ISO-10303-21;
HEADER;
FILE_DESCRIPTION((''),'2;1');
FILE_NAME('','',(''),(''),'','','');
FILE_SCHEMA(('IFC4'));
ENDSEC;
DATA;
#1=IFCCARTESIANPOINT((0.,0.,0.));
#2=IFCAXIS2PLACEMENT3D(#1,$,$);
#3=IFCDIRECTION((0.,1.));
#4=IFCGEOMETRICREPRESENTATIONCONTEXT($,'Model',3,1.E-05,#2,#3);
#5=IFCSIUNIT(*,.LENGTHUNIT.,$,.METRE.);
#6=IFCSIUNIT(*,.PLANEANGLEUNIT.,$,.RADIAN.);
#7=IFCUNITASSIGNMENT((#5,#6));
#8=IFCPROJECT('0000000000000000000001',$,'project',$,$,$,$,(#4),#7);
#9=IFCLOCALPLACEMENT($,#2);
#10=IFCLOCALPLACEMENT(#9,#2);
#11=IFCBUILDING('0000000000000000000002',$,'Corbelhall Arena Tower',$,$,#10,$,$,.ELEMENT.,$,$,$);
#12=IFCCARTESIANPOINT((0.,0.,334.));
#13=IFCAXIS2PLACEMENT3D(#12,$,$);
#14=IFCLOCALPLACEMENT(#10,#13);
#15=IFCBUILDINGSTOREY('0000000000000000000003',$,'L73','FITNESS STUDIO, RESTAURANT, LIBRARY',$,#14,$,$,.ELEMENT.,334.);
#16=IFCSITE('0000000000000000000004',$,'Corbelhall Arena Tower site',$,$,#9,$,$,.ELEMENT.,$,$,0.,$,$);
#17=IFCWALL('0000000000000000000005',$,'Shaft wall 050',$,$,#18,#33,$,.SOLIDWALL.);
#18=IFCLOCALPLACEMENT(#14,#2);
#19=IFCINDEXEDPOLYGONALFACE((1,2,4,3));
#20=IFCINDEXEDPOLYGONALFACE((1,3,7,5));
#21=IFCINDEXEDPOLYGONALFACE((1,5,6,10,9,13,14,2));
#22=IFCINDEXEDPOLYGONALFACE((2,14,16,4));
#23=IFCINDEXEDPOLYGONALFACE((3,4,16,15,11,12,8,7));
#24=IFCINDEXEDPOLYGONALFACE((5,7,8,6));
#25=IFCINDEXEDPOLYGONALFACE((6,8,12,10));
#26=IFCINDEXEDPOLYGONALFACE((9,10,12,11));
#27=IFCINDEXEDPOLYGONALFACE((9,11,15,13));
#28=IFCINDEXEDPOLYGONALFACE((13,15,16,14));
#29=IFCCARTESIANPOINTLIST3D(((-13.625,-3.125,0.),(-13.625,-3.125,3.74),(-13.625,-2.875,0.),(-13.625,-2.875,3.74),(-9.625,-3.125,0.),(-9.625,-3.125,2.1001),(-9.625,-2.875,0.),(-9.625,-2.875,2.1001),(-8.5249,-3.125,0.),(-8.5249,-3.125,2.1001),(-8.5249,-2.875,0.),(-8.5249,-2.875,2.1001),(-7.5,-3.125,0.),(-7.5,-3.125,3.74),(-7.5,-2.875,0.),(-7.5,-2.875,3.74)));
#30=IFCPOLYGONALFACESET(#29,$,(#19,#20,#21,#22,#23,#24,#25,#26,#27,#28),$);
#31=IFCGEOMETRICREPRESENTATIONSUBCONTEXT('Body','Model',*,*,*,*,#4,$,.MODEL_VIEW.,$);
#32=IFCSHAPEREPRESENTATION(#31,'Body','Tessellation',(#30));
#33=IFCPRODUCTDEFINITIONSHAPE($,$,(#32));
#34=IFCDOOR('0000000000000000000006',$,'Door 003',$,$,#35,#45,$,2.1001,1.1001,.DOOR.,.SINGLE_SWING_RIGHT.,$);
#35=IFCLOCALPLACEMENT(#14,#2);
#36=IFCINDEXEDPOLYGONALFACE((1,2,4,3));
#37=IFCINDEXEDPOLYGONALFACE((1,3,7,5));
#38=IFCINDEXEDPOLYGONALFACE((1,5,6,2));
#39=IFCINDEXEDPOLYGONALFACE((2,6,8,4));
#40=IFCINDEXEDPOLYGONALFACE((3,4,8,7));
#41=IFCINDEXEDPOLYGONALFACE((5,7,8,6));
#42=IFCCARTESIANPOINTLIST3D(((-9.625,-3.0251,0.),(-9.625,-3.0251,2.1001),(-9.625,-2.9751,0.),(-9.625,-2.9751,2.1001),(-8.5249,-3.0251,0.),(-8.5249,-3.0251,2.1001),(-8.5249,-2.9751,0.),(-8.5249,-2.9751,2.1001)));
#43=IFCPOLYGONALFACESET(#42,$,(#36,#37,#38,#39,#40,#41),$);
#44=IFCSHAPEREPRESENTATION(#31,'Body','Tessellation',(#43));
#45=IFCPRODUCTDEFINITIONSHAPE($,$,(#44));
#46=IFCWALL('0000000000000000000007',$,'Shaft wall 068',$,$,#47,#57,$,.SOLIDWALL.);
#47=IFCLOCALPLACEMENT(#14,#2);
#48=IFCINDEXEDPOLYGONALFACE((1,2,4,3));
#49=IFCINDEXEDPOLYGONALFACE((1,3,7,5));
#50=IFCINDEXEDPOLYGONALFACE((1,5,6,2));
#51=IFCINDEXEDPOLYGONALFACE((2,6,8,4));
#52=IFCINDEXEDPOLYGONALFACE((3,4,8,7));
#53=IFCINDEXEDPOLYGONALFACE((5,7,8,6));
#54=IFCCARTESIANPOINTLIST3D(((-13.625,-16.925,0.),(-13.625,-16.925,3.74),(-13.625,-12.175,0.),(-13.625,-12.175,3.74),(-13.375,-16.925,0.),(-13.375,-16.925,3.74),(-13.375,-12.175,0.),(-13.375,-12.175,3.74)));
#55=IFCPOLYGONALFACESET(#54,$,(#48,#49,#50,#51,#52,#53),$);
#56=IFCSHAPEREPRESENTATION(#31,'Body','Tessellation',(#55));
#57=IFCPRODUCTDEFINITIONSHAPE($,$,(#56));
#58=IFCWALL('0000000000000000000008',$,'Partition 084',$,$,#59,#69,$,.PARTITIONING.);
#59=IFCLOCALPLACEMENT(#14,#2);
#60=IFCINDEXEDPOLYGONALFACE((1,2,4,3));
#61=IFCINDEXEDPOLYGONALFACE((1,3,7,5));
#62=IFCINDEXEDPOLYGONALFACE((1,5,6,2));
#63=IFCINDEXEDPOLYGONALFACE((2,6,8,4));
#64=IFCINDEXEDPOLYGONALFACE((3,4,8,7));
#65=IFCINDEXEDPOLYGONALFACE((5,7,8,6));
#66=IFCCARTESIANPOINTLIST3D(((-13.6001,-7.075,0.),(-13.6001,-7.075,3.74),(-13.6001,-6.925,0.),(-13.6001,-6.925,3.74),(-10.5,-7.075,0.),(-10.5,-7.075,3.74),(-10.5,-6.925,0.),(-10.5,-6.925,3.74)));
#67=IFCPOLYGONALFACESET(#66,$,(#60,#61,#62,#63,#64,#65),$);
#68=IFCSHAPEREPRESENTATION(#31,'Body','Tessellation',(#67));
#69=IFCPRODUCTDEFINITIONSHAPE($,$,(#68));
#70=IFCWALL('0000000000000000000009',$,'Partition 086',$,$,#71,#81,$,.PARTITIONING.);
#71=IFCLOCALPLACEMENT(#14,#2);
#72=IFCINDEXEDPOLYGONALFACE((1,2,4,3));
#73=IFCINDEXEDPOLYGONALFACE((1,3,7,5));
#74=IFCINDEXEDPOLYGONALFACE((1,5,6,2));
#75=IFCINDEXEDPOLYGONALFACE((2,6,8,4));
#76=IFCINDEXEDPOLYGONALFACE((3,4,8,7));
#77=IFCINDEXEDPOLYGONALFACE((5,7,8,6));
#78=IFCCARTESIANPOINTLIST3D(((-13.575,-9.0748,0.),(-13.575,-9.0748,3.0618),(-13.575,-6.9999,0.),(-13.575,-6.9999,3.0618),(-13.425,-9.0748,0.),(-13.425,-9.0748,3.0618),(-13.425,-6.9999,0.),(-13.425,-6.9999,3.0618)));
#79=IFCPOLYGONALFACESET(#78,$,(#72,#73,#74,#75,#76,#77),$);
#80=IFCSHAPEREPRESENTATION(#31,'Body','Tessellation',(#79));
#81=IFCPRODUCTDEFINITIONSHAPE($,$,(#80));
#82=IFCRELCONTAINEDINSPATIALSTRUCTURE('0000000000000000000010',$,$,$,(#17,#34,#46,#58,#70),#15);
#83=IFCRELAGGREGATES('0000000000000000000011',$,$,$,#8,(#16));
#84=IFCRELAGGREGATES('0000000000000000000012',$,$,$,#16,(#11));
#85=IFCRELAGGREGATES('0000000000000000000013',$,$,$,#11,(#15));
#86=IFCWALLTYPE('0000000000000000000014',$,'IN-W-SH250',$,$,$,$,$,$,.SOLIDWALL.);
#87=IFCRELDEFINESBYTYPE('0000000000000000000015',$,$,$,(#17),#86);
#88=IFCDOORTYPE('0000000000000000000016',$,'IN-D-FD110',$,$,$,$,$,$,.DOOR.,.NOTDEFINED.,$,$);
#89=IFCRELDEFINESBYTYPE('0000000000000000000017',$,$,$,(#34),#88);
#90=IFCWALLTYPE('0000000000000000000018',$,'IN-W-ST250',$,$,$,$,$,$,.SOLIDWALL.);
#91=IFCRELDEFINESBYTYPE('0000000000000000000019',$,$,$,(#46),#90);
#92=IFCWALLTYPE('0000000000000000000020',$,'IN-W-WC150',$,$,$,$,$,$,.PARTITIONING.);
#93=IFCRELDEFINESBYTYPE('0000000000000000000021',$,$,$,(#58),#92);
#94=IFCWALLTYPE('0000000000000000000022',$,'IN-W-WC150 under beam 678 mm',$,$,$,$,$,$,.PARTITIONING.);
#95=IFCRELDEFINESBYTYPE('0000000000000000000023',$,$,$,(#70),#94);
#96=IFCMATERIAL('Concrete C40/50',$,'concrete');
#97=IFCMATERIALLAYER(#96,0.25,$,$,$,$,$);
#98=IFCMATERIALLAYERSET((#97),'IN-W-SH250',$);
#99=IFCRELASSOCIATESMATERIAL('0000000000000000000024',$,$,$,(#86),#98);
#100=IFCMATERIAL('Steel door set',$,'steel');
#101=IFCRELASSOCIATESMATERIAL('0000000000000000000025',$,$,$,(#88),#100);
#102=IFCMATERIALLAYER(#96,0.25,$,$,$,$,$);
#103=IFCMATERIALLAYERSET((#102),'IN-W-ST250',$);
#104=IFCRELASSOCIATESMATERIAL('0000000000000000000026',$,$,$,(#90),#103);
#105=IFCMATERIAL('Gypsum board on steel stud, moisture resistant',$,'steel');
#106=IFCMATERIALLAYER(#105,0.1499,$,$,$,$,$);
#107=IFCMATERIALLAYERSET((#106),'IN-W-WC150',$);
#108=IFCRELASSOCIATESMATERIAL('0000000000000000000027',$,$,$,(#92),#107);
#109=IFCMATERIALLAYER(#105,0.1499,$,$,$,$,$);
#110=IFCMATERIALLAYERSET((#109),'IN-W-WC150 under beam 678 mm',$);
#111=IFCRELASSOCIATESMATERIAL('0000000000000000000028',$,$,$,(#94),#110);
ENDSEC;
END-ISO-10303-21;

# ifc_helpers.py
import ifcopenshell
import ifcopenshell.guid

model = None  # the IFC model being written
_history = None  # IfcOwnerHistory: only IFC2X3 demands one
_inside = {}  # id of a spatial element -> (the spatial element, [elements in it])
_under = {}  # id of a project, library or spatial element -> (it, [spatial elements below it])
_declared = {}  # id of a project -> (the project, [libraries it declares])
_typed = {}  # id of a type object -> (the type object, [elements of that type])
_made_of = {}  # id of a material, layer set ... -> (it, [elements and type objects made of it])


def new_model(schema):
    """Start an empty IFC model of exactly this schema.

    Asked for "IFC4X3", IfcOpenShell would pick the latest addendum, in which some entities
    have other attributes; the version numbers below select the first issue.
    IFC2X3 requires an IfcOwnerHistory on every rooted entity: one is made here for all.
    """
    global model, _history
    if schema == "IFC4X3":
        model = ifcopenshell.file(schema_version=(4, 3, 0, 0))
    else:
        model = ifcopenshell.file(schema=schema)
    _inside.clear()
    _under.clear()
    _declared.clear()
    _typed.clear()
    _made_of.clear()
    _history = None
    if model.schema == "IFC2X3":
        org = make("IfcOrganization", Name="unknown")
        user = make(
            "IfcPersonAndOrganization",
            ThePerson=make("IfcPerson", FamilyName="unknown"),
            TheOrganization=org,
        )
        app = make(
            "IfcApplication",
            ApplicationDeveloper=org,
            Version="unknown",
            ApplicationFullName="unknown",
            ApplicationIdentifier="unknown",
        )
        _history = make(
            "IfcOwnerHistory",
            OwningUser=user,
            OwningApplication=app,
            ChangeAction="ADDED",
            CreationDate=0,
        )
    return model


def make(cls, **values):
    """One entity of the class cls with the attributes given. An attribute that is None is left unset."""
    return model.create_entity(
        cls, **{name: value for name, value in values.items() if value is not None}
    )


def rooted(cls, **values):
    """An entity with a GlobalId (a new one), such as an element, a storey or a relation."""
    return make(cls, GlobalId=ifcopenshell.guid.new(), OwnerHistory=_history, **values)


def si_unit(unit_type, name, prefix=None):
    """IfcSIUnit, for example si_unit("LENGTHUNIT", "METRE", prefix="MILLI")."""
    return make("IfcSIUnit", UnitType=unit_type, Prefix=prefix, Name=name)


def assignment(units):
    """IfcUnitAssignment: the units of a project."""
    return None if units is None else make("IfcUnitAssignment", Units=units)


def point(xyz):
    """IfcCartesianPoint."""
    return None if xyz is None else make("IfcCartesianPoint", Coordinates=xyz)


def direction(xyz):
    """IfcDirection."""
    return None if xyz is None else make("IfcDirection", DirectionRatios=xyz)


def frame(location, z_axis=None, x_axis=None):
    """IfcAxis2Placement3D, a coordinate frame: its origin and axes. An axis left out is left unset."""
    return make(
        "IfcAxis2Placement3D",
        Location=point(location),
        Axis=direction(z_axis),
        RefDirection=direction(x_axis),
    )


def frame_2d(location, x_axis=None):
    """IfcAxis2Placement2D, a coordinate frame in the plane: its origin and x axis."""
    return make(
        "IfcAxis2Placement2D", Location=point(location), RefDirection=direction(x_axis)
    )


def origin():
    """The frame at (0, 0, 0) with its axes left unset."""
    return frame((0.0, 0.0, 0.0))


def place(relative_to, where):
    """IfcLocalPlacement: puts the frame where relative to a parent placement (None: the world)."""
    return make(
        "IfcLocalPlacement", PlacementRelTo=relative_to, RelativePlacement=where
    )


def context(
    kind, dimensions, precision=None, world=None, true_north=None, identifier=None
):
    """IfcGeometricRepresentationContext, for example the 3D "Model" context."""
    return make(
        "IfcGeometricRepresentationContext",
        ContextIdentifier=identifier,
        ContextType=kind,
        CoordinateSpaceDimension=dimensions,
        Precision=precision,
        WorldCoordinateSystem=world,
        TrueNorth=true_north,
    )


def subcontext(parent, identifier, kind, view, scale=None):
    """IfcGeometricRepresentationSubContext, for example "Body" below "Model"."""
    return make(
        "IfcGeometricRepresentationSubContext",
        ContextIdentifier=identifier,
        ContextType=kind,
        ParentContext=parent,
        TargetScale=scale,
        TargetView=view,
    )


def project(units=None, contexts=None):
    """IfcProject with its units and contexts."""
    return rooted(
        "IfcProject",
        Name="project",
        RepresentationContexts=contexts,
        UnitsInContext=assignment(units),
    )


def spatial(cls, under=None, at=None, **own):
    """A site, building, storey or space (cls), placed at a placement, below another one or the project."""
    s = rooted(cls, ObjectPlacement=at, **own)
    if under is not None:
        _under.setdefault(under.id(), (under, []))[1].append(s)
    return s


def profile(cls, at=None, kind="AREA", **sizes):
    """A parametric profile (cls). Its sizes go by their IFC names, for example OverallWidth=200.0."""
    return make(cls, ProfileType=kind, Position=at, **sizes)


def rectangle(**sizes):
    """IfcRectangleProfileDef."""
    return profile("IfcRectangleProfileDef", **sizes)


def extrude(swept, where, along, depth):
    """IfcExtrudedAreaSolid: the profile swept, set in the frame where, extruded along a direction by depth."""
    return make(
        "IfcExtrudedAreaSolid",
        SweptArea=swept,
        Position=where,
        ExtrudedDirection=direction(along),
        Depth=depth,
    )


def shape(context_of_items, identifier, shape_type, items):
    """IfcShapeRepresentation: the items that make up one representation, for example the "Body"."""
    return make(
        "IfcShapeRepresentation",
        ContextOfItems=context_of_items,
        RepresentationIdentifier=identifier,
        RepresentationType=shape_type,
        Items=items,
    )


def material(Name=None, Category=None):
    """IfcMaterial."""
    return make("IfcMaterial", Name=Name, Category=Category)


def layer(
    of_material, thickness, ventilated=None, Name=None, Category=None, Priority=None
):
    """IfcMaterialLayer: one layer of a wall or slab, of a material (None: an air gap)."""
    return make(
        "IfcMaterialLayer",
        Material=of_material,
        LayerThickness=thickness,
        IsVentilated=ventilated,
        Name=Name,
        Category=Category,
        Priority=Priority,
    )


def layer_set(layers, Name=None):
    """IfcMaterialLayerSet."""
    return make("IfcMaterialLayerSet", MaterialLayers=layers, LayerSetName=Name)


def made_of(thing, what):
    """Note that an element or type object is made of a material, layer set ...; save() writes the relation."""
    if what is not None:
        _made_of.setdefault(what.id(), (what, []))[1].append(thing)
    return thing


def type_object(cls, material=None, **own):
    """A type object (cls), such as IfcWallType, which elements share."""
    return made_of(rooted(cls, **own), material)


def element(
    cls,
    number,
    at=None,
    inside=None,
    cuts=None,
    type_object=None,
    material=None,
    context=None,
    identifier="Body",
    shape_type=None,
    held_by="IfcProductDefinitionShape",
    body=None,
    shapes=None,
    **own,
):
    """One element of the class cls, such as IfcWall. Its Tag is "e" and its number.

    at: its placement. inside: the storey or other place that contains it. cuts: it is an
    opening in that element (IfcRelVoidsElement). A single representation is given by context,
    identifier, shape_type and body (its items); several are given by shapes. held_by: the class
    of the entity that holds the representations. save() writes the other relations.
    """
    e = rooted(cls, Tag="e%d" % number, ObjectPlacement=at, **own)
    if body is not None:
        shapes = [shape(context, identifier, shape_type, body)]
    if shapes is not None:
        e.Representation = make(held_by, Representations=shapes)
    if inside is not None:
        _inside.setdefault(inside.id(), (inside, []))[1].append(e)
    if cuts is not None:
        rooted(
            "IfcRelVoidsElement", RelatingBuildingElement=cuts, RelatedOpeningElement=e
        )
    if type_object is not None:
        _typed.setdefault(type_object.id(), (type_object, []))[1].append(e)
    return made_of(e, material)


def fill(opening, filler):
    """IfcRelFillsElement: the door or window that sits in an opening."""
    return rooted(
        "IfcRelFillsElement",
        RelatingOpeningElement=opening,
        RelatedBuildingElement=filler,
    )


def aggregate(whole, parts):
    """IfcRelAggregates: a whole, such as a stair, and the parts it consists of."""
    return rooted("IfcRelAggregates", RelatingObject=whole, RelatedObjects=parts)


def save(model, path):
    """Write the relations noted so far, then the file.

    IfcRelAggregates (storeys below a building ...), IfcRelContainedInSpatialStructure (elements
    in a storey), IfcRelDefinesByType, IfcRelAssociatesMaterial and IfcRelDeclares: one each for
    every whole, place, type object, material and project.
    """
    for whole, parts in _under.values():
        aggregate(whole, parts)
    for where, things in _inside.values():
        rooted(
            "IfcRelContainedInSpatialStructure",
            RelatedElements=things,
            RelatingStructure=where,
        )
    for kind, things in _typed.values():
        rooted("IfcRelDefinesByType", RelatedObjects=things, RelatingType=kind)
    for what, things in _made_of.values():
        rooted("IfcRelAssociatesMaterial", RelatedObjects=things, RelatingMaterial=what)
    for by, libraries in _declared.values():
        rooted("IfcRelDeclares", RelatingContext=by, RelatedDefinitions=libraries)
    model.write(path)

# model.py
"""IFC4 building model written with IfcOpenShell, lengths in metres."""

from ifc_helpers import new_model, si_unit, direction, frame, frame_2d, origin, place, context, subcontext, project, spatial, rectangle, extrude, material, layer, layer_set, type_object, element, fill, save


model = new_model("IFC4")

# Units and contexts
model_context = context("Model", 3, precision=1e-05, world=origin(), true_north=direction((0.0, 1.0)))
body_context = subcontext(model_context, "Body", "Model", "MODEL_VIEW")
ifc_project = project(units=[si_unit("LENGTHUNIT", "METRE"), si_unit("PLANEANGLEUNIT", "RADIAN")], contexts=[model_context])

# Site, building, storey
site_placement = place(None, origin())
site = spatial("IfcSite", under=ifc_project, at=site_placement, Name="Corbelhall Arena Tower site", CompositionType="ELEMENT", RefElevation=0.0)
building_placement = place(site_placement, origin())
building = spatial("IfcBuilding", under=site, at=building_placement, Name="Corbelhall Arena Tower", CompositionType="ELEMENT")
storey_placement = place(building_placement, frame((0.0, 0.0, 334.0)))
storey = spatial("IfcBuildingStorey", under=building, at=storey_placement, Name="L73", Description="FITNESS STUDIO, RESTAURANT, LIBRARY", CompositionType="ELEMENT", Elevation=334.0)

# Shared definitions
ifc_material_1 = material(Name="Steel door set", Category="steel")

# Shared definitions
ifc_material_2 = material(Name="Concrete C40/50", Category="concrete")
ifc_layer_1 = layer(ifc_material_2, 0.25)
ifc_layer_set_1 = layer_set([ifc_layer_1], Name="IN-W-SH250")
wall_type_1 = type_object("IfcWallType", Name="IN-W-SH250", PredefinedType="SOLIDWALL", material=ifc_layer_set_1)

# Wall, opening, door
wall_1_placement = place(storey_placement, frame((-13.625, -3.0, 0.0), z_axis=(0.0, 0.0, 1.0), x_axis=(1.0, 0.0, 0.0)))
wall_1 = element("IfcWall", 1, at=wall_1_placement, inside=storey, type_object=wall_type_1, Name="Shaft wall 050", PredefinedType="SOLIDWALL", context=body_context, shape_type="SweptSolid", body=[
    extrude(rectangle(XDim=6.125, YDim=0.25, at=frame_2d((3.0625, 0.0))), origin(), (0.0, 0.0, 1.0), 3.74),
])
opening_1_placement = place(wall_1_placement, frame((4.0, 0.0, 0.0)))
opening_1 = element("IfcOpeningElement", 2, at=opening_1_placement, cuts=wall_1, PredefinedType="OPENING", context=body_context, shape_type="SweptSolid", body=[
    extrude(rectangle(XDim=1.1001, YDim=2.1001, at=frame_2d((0.55, 1.05))), frame((0.0, 0.125, 0.0), z_axis=(0.0, -1.0, 0.0), x_axis=(1.0, 0.0, 0.0)), (0.0, 0.0, 1.0), 0.25),
])
door_type_1 = type_object("IfcDoorType", Name="IN-D-FD110", OperationType="NOTDEFINED", PredefinedType="DOOR", material=ifc_material_1)
door_1_placement = place(opening_1_placement, origin())
door_1 = element("IfcDoor", 3, at=door_1_placement, inside=storey, type_object=door_type_1, Name="Door 003", OperationType="SINGLE_SWING_RIGHT", OverallHeight=2.1001, OverallWidth=1.1001, PredefinedType="DOOR", context=body_context, shape_type="SweptSolid", body=[
    extrude(rectangle(XDim=1.1001, YDim=2.1001, at=frame_2d((0.55, 1.05))), frame((0.0, 0.0249, 0.0), z_axis=(0.0, -1.0, 0.0), x_axis=(1.0, 0.0, 0.0)), (0.0, 0.0, 1.0), 0.05),
])
fill(opening_1, door_1)

# Walls
ifc_layer_2 = layer(ifc_material_2, 0.25)
ifc_layer_set_2 = layer_set([ifc_layer_2], Name="IN-W-ST250")
wall_type_2 = type_object("IfcWallType", Name="IN-W-ST250", PredefinedType="SOLIDWALL", material=ifc_layer_set_2)
wall_2_placement = place(storey_placement, frame((-13.5, -12.175, 0.0), z_axis=(0.0, 0.0, 1.0), x_axis=(0.0, -1.0, 0.0)))
element("IfcWall", 4, at=wall_2_placement, inside=storey, type_object=wall_type_2, Name="Shaft wall 068", PredefinedType="SOLIDWALL", context=body_context, shape_type="SweptSolid", body=[
    extrude(rectangle(XDim=4.75, YDim=0.25, at=frame_2d((2.375, 0.0))), origin(), (0.0, 0.0, 1.0), 3.74),
])
ifc_material_3 = material(Name="Gypsum board on steel stud, moisture resistant", Category="steel")
ifc_layer_3 = layer(ifc_material_3, 0.1499)
ifc_layer_set_3 = layer_set([ifc_layer_3], Name="IN-W-WC150")
wall_type_3 = type_object("IfcWallType", Name="IN-W-WC150", PredefinedType="PARTITIONING", material=ifc_layer_set_3)
wall_3_placement = place(storey_placement, frame((-13.6001, -7.0, 0.0), z_axis=(0.0, 0.0, 1.0), x_axis=(1.0, 0.0, 0.0)))
element("IfcWall", 5, at=wall_3_placement, inside=storey, type_object=wall_type_3, Name="Partition 084", PredefinedType="PARTITIONING", context=body_context, shape_type="SweptSolid", body=[
    extrude(rectangle(XDim=3.1001, YDim=0.1499, at=frame_2d((1.55, 0.0))), origin(), (0.0, 0.0, 1.0), 3.74),
])
ifc_layer_4 = layer(ifc_material_3, 0.1499)
ifc_layer_set_4 = layer_set([ifc_layer_4], Name="IN-W-WC150 under beam 678 mm")
wall_type_4 = type_object("IfcWallType", Name="IN-W-WC150 under beam 678 mm", PredefinedType="PARTITIONING", material=ifc_layer_set_4)
wall_4_placement = place(storey_placement, frame((-13.5, -9.075, 0.0), z_axis=(0.0, 0.0, 1.0), x_axis=(0.0, 1.0, 0.0)))
element("IfcWall", 6, at=wall_4_placement, inside=storey, type_object=wall_type_4, Name="Partition 086", PredefinedType="PARTITIONING", context=body_context, shape_type="SweptSolid", body=[
    extrude(rectangle(XDim=2.075, YDim=0.1499, at=frame_2d((1.0376, 0.0))), origin(), (0.0, 0.0, 1.0), 3.0618),
])

save(model, "model.ifc")
